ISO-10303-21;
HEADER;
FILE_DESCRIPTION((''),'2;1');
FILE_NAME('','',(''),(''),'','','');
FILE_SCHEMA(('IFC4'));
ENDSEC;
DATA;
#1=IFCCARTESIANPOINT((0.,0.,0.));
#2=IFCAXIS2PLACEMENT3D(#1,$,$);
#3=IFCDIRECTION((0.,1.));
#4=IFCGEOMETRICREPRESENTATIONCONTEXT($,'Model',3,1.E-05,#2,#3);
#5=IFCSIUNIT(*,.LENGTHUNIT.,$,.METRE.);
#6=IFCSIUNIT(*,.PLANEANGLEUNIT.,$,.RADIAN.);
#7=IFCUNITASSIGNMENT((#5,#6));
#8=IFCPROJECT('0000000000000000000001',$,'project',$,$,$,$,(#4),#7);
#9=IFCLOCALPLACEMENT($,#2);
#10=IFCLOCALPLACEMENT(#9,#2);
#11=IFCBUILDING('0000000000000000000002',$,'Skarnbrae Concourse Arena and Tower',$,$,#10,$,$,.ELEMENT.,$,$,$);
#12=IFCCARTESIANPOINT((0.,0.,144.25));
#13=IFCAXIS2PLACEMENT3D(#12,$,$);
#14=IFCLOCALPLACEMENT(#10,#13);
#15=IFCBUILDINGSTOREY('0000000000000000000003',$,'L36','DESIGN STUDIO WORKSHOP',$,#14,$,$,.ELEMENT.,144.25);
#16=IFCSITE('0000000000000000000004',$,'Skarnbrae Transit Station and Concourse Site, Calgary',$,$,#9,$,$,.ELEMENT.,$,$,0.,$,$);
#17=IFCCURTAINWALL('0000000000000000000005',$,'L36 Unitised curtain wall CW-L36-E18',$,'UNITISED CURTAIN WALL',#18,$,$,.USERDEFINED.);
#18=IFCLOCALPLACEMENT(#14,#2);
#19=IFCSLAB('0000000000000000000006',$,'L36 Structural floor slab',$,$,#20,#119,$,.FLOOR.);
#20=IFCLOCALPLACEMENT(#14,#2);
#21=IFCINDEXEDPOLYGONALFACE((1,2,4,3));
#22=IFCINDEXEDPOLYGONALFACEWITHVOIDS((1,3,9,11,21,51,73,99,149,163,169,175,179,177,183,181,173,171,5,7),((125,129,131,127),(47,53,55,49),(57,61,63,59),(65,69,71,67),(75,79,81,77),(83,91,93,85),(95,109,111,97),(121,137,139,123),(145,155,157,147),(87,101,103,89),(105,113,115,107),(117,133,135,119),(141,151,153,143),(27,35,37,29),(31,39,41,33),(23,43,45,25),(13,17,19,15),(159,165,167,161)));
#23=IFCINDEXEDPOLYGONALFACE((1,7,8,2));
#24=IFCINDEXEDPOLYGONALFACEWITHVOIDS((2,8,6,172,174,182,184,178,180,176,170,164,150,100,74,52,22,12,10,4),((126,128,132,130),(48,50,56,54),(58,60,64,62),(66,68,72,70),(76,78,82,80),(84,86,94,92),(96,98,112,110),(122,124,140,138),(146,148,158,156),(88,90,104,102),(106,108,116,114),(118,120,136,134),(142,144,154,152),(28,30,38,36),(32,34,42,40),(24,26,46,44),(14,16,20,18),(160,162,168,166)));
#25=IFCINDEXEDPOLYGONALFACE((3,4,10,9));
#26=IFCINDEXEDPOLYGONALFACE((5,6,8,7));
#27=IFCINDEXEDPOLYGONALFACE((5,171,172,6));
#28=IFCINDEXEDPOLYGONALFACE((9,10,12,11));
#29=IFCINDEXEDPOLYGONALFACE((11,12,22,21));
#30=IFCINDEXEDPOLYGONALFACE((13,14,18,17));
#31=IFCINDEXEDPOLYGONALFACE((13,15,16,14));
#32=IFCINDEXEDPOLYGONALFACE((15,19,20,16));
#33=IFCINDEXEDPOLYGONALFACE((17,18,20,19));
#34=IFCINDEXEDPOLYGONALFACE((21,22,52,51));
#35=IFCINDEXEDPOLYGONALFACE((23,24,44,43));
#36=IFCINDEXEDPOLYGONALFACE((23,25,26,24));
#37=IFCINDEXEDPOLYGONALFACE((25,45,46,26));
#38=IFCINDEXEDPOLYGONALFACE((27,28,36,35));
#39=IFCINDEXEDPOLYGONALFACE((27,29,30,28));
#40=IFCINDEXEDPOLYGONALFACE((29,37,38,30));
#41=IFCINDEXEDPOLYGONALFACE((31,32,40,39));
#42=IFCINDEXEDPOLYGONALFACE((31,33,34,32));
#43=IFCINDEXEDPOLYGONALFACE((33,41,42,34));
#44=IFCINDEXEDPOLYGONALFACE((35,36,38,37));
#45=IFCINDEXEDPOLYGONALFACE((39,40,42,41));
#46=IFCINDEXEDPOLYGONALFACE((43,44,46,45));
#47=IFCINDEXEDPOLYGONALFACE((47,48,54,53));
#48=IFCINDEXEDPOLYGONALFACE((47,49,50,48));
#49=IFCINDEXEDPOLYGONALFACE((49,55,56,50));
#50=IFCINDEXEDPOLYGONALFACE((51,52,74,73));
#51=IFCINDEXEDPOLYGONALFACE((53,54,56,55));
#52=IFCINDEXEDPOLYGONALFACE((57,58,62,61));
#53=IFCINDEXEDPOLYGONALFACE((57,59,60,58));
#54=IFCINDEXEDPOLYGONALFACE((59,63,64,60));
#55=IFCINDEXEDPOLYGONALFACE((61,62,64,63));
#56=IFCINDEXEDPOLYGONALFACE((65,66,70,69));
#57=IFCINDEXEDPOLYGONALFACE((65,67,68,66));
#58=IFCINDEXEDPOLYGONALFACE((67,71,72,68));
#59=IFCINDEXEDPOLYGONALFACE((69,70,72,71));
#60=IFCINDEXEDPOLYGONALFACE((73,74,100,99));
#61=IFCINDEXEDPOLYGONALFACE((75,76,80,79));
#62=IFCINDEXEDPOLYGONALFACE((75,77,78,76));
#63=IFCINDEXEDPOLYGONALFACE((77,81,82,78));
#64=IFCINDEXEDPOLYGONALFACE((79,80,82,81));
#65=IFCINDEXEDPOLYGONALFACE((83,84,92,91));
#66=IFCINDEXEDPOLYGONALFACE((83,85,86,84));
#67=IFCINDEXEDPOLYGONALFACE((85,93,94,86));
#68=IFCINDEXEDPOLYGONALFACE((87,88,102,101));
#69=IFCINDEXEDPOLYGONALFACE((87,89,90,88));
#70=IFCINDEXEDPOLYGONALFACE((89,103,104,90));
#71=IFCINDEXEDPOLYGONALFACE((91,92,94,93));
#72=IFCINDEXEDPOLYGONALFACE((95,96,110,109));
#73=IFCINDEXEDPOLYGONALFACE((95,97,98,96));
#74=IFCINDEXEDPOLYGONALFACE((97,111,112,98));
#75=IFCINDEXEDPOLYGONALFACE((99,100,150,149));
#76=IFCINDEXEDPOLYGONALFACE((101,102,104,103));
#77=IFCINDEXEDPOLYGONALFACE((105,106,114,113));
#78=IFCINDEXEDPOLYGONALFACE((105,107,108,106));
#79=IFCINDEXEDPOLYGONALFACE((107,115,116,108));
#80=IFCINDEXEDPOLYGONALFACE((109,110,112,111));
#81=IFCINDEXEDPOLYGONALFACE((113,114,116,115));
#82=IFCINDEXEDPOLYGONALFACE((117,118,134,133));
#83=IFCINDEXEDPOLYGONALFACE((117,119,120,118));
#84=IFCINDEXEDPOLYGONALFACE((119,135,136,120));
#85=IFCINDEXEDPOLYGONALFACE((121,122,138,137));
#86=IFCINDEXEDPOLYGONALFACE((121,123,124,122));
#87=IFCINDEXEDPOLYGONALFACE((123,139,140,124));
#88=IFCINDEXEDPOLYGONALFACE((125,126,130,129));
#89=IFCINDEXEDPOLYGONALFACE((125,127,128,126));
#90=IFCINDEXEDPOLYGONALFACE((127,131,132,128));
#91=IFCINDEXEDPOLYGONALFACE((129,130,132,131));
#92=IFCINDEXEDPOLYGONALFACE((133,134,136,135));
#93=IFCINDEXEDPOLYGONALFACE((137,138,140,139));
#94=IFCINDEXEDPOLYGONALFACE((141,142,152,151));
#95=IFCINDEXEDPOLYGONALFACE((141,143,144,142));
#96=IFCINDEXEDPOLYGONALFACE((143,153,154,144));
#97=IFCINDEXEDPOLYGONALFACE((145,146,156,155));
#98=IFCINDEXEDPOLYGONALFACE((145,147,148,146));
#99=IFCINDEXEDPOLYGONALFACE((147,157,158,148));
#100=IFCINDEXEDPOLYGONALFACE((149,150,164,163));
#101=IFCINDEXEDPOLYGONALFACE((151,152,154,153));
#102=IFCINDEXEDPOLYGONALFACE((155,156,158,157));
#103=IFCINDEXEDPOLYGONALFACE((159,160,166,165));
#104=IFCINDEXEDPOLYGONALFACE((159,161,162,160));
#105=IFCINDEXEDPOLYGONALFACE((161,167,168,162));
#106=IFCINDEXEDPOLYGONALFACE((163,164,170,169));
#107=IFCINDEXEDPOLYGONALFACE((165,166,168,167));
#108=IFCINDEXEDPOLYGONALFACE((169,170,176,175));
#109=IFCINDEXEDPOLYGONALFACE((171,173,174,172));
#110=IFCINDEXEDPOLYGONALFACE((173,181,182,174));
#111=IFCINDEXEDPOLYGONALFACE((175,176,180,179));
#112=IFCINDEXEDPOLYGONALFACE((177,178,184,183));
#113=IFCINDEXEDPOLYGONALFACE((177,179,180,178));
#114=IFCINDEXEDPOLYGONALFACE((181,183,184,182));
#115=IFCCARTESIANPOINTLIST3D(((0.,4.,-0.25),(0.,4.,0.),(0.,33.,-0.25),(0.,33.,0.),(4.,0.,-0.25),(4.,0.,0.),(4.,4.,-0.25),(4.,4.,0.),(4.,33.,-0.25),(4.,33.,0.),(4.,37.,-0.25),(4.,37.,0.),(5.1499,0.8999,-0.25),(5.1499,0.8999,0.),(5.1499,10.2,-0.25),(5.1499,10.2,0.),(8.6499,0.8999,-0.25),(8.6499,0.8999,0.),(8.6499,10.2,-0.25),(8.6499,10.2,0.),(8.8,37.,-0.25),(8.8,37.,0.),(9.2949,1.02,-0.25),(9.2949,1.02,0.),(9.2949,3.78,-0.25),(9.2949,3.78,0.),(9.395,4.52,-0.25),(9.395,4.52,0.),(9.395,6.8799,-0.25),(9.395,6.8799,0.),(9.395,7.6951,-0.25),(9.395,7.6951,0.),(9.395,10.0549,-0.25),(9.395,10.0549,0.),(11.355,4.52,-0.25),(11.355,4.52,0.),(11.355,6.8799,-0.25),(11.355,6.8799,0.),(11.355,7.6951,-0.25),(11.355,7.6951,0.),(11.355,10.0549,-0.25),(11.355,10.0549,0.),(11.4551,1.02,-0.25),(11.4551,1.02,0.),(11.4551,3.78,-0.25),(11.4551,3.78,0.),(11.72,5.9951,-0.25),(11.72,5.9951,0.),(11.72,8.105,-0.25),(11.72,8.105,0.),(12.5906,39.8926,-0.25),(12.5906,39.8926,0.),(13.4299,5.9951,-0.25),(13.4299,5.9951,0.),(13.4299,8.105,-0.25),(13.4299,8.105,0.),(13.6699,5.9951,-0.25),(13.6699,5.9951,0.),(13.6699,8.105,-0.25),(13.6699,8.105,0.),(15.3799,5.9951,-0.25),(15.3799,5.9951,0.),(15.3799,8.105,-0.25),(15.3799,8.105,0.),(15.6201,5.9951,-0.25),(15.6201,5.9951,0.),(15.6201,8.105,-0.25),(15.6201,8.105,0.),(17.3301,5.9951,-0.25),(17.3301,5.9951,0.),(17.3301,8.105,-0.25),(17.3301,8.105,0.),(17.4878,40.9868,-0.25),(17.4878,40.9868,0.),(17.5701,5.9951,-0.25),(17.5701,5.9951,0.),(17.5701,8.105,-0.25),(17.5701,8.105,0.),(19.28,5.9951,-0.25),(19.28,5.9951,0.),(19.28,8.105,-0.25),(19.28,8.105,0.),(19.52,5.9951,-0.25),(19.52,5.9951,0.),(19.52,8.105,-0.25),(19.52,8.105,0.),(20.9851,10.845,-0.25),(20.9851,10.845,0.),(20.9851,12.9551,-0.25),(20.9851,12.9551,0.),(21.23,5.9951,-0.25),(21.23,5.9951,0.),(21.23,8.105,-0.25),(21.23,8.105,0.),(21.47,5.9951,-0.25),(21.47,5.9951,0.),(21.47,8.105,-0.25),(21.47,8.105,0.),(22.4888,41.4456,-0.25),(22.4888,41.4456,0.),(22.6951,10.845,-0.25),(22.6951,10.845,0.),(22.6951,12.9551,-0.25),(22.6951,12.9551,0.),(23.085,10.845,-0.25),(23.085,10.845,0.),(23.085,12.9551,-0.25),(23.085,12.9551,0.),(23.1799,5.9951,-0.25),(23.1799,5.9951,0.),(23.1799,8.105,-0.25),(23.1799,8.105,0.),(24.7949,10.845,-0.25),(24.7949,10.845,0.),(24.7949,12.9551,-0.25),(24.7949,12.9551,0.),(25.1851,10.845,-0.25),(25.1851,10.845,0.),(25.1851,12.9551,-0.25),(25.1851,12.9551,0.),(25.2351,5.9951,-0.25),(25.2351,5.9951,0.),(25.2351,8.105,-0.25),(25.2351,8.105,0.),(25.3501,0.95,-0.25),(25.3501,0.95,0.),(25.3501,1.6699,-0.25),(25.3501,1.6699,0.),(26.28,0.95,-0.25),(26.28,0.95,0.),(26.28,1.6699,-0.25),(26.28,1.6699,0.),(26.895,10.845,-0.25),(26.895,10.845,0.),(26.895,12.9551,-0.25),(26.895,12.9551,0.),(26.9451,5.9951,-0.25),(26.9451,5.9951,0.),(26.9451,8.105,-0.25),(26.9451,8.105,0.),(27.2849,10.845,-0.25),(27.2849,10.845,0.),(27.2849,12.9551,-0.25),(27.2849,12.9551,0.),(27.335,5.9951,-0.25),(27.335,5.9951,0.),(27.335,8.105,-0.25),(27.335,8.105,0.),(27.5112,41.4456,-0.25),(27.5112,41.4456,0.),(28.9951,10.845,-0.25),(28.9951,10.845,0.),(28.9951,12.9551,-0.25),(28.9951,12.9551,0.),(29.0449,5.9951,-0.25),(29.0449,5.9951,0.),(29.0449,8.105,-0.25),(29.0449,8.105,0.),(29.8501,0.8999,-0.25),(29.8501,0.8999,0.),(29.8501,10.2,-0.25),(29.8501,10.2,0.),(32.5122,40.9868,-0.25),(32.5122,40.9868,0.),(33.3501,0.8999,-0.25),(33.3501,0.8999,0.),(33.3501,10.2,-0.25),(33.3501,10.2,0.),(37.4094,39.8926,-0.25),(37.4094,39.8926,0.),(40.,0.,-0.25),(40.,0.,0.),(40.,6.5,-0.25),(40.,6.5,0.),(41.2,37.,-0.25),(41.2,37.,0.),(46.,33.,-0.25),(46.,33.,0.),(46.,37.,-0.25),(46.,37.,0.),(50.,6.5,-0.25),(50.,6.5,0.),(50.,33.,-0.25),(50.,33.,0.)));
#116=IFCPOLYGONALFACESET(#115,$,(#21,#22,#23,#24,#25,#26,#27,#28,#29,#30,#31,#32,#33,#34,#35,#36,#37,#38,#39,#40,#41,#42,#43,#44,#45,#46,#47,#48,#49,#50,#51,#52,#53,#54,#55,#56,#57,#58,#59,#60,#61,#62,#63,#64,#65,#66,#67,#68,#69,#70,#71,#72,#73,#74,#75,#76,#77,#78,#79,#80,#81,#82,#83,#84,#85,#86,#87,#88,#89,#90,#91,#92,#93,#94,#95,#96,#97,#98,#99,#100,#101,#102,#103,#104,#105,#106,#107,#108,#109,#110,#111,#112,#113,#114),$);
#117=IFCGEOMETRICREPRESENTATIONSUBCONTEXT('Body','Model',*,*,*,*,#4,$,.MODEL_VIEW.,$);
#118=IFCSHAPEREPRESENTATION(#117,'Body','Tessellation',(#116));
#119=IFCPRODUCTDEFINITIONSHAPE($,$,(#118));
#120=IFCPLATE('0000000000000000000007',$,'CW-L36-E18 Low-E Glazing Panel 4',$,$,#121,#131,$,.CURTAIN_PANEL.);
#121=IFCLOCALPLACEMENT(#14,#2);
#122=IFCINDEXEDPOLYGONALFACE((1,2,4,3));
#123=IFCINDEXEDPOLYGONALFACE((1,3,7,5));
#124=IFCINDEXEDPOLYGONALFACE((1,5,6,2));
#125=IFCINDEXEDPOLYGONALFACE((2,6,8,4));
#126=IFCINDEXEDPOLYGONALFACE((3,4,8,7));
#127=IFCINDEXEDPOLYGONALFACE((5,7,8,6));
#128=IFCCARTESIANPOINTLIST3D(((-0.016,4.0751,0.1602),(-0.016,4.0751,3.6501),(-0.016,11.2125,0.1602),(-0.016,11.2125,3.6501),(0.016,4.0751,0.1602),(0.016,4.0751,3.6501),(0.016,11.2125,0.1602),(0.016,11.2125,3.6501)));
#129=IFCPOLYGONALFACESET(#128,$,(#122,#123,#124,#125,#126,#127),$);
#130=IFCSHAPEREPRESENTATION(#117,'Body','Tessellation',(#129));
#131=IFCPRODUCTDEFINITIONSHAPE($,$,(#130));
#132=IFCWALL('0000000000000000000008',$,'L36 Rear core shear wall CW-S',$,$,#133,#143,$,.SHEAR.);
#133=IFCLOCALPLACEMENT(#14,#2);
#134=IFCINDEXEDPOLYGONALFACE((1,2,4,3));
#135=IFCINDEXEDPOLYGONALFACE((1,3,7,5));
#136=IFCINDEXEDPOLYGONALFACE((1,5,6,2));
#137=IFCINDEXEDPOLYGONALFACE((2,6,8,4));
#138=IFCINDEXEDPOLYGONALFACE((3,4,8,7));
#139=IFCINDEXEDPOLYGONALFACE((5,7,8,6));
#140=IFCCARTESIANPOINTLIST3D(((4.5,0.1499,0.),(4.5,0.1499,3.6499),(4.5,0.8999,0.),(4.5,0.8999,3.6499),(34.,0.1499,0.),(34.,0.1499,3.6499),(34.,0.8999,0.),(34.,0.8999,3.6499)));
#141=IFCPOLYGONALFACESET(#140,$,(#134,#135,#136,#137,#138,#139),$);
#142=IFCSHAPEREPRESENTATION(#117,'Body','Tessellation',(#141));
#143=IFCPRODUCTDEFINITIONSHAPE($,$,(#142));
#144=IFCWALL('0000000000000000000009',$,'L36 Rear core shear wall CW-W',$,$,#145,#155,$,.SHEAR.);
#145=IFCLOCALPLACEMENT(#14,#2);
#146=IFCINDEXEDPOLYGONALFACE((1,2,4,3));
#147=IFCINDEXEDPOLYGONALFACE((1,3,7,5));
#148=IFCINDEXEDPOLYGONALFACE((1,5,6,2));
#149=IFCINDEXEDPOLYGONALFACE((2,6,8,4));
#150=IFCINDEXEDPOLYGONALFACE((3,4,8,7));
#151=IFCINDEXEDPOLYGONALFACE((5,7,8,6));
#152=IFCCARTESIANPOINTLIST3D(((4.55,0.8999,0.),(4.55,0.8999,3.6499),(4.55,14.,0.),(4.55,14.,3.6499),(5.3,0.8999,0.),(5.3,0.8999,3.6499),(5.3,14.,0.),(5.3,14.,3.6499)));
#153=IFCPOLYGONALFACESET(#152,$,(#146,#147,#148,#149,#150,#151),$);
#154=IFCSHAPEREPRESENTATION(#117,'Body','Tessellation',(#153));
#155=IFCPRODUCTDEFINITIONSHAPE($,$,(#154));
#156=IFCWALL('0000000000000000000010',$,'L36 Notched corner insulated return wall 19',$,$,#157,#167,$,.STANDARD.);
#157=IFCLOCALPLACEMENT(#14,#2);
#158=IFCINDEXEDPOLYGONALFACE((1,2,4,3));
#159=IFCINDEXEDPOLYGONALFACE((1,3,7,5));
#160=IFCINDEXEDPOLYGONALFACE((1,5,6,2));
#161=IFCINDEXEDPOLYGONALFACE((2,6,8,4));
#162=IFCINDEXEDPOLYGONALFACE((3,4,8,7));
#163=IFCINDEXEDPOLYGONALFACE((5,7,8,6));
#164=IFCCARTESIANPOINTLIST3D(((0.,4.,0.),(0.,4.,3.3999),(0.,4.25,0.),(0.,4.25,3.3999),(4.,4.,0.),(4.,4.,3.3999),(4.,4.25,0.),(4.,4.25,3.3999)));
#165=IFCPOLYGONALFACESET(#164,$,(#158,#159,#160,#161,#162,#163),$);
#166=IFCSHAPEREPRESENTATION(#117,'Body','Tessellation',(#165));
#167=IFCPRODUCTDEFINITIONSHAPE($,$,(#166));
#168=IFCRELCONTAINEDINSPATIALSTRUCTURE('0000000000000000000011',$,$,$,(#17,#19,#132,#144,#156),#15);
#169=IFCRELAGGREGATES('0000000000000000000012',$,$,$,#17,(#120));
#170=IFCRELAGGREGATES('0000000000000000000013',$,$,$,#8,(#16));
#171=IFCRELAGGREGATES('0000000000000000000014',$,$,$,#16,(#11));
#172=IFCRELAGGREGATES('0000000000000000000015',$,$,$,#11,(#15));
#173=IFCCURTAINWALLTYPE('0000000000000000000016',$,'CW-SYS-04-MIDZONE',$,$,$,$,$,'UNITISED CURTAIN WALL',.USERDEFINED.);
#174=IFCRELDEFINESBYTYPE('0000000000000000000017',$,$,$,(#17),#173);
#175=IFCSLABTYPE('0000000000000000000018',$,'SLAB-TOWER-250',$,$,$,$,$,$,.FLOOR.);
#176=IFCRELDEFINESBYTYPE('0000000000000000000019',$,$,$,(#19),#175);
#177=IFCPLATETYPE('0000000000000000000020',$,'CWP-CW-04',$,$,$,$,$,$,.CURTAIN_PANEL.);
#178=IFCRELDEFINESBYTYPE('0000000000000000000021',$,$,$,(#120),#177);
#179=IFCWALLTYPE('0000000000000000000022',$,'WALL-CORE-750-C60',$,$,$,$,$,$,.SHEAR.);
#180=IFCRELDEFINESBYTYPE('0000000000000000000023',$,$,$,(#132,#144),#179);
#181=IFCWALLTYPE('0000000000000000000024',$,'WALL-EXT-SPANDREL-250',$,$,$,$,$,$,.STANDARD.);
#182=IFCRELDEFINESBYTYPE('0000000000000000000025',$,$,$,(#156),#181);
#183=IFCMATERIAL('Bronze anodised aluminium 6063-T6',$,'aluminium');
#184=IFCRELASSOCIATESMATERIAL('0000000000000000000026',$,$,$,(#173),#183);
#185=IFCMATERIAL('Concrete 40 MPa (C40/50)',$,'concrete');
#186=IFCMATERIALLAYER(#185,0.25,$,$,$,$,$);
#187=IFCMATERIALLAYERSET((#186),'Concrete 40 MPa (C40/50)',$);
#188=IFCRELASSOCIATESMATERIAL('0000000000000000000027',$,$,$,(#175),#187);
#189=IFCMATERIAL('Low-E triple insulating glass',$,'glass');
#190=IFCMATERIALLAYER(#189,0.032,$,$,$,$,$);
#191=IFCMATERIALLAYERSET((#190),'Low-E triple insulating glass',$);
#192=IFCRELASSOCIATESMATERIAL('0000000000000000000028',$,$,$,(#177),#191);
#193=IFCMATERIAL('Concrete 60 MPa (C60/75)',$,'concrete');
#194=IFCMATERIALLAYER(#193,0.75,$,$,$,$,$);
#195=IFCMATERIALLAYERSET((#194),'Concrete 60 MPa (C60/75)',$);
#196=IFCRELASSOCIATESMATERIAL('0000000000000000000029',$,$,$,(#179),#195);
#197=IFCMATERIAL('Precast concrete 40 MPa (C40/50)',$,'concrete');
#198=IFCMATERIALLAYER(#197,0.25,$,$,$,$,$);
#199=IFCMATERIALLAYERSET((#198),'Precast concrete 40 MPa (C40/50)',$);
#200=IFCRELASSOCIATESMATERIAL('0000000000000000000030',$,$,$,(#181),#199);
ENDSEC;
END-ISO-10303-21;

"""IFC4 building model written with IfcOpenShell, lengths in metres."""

from ifc_helpers import new_model, si_unit, direction, frame, frame_2d, origin, origin_2d, place, context, subcontext, project, spatial, polyline, rectangle, outline, extrude, source, transform, mapped, material, layer, layer_set, type_object, element, aggregate, save


model = new_model("IFC4")

# Units and contexts
model_context = context("Model", 3, precision=1e-05, world=origin(), true_north=direction((0.0, 1.0)))
body_context = subcontext(model_context, "Body", "Model", "MODEL_VIEW")
ifc_project = project(units=[si_unit("LENGTHUNIT", "METRE"), si_unit("PLANEANGLEUNIT", "RADIAN")], contexts=[model_context])

# Site, building, storey
site_placement = place(None, origin())
site = spatial("IfcSite", under=ifc_project, at=site_placement, Name="Skarnbrae Transit Station and Concourse Site, Calgary", CompositionType="ELEMENT", RefElevation=0.0)
building_placement = place(site_placement, origin())
building = spatial("IfcBuilding", under=site, at=building_placement, Name="Skarnbrae Concourse Arena and Tower", CompositionType="ELEMENT")
storey_placement = place(building_placement, frame((0.0, 0.0, 144.25)))
storey = spatial("IfcBuildingStorey", under=building, at=storey_placement, Name="L36", Description="DESIGN STUDIO WORKSHOP", CompositionType="ELEMENT", Elevation=144.25)

# Curtain wall
ifc_material_1 = material(Name="Bronze anodised aluminium 6063-T6", Category="aluminium")
curtain_wall_type = type_object("IfcCurtainWallType", Name="CW-SYS-04-MIDZONE", ElementType="UNITISED CURTAIN WALL", PredefinedType="USERDEFINED", material=ifc_material_1)
curtain_wall_placement = place(storey_placement, origin())
curtain_wall = element("IfcCurtainWall", 1, at=curtain_wall_placement, inside=storey, type_object=curtain_wall_type, Name="L36 Unitised curtain wall CW-L36-E18", ObjectType="UNITISED CURTAIN WALL", PredefinedType="USERDEFINED")

# Shared definitions
ifc_material_2 = material(Name="Concrete 40 MPa (C40/50)", Category="concrete")

# Slab
ifc_layer_1 = layer(ifc_material_2, 0.25)
ifc_layer_set_1 = layer_set([ifc_layer_1], Name="Concrete 40 MPa (C40/50)")
slab_type_1 = type_object("IfcSlabType", Name="SLAB-TOWER-250", PredefinedType="FLOOR", material=ifc_layer_set_1)
slab_1_placement = place(storey_placement, frame((0.0, 0.0, -0.25)))
element("IfcSlab", 2, at=slab_1_placement, inside=storey, type_object=slab_type_1, Name="L36 Structural floor slab", PredefinedType="FLOOR", context=body_context, shape_type="SweptSolid", body=[
    extrude(outline(polyline([(4.0, 0.0), (40.0, 0.0), (40.0, 6.5), (50.0, 6.5), (50.0, 33.0), (46.0, 33.0), (46.0, 37.0), (41.2, 37.0), (37.4094, 39.8926), (32.5122, 40.9868), (27.5112, 41.4456), (22.4888, 41.4456), (17.4878, 40.9868), (12.5906, 39.8926), (8.8, 37.0), (4.0, 37.0), (4.0, 33.0), (0.0, 33.0), (0.0, 4.0), (4.0, 4.0), (4.0, 0.0)]), holes=[polyline([(9.2949, 3.78), (11.4551, 3.78), (11.4551, 1.02), (9.2949, 1.02), (9.2949, 3.78)]), polyline([(8.6499, 10.2), (8.6499, 0.8999), (5.1499, 0.8999), (5.1499, 10.2), (8.6499, 10.2)]), polyline([(9.395, 6.8799), (11.355, 6.8799), (11.355, 4.52), (9.395, 4.52), (9.395, 6.8799)]), polyline([(11.72, 8.105), (13.4299, 8.105), (13.4299, 5.9951), (11.72, 5.9951), (11.72, 8.105)]), polyline([(13.6699, 8.105), (15.3799, 8.105), (15.3799, 5.9951), (13.6699, 5.9951), (13.6699, 8.105)]), polyline([(15.6201, 8.105), (17.3301, 8.105), (17.3301, 5.9951), (15.6201, 5.9951), (15.6201, 8.105)]), polyline([(17.5701, 8.105), (19.28, 8.105), (19.28, 5.9951), (17.5701, 5.9951), (17.5701, 8.105)]), polyline([(21.23, 8.105), (21.23, 5.9951), (19.52, 5.9951), (19.52, 8.105), (21.23, 8.105)]), polyline([(11.355, 10.0549), (11.355, 7.6951), (9.395, 7.6951), (9.395, 10.0549), (11.355, 10.0549)]), polyline([(25.3501, 1.6699), (26.28, 1.6699), (26.28, 0.95), (25.3501, 0.95), (25.3501, 1.6699)]), polyline([(33.3501, 10.2), (33.3501, 0.8999), (29.8501, 0.8999), (29.8501, 10.2), (33.3501, 10.2)]), polyline([(21.47, 8.105), (23.1799, 8.105), (23.1799, 5.9951), (21.47, 5.9951), (21.47, 8.105)]), polyline([(25.2351, 8.105), (26.9451, 8.105), (26.9451, 5.9951), (25.2351, 5.9951), (25.2351, 8.105)]), polyline([(27.335, 8.105), (29.0449, 8.105), (29.0449, 5.9951), (27.335, 5.9951), (27.335, 8.105)]), polyline([(20.9851, 12.9551), (22.6951, 12.9551), (22.6951, 10.845), (20.9851, 10.845), (20.9851, 12.9551)]), polyline([(23.085, 12.9551), (24.7949, 12.9551), (24.7949, 10.845), (23.085, 10.845), (23.085, 12.9551)]), polyline([(26.895, 12.9551), (26.895, 10.845), (25.1851, 10.845), (25.1851, 12.9551), (26.895, 12.9551)]), polyline([(28.9951, 12.9551), (28.9951, 10.845), (27.2849, 10.845), (27.2849, 12.9551), (28.9951, 12.9551)])]), origin(), (0.0, 0.0, 1.0), 0.25),
])

# Plate
ifc_material_3 = material(Name="Low-E triple insulating glass", Category="glass")
ifc_layer_2 = layer(ifc_material_3, 0.032)
ifc_layer_set_2 = layer_set([ifc_layer_2], Name="Low-E triple insulating glass")
plate_type = type_object("IfcPlateType", Name="CWP-CW-04", PredefinedType="CURTAIN_PANEL", material=ifc_layer_set_2)
shared_shape_1 = source(origin(), body_context, "Body", "SweptSolid", [
    extrude(rectangle(XDim=7.1375, YDim=0.032, at=origin_2d()), origin(), (0.0, 0.0, 1.0), 3.49),
])
plate_placement = place(storey_placement, frame((0.0, 7.6438, 0.1602), z_axis=(0.0, 0.0, 1.0), x_axis=(0.0, -1.0, 0.0)))
plate = element("IfcPlate", 3, at=plate_placement, type_object=plate_type, Name="CW-L36-E18 Low-E Glazing Panel 4", PredefinedType="CURTAIN_PANEL", context=body_context, shape_type="MappedRepresentation", body=[
    mapped(shared_shape_1, transform((0.0, 0.0, 0.0))),
])
aggregate(curtain_wall, [plate])

# Walls
ifc_material_4 = material(Name="Concrete 60 MPa (C60/75)", Category="concrete")
ifc_layer_3 = layer(ifc_material_4, 0.75)
ifc_layer_set_3 = layer_set([ifc_layer_3], Name="Concrete 60 MPa (C60/75)")
wall_type_1 = type_object("IfcWallType", Name="WALL-CORE-750-C60", PredefinedType="SHEAR", material=ifc_layer_set_3)
shared_shape_2 = source(origin(), body_context, "Body", "SweptSolid", [
    extrude(rectangle(XDim=29.5, YDim=0.75, at=frame_2d((14.75, 0.0))), origin(), (0.0, 0.0, 1.0), 3.6499),
])
wall_1_placement = place(storey_placement, frame((4.5, 0.5249, 0.0), z_axis=(0.0, 0.0, 1.0), x_axis=(1.0, 0.0, 0.0)))
element("IfcWall", 4, at=wall_1_placement, inside=storey, type_object=wall_type_1, Name="L36 Rear core shear wall CW-S", PredefinedType="SHEAR", context=body_context, shape_type="MappedRepresentation", body=[
    mapped(shared_shape_2, transform((0.0, 0.0, 0.0))),
])
shared_shape_3 = source(origin(), body_context, "Body", "SweptSolid", [
    extrude(rectangle(XDim=13.1001, YDim=0.75, at=frame_2d((6.55, 0.0))), origin(), (0.0, 0.0, 1.0), 3.6499),
])
wall_2_placement = place(storey_placement, frame((4.925, 0.8999, 0.0), z_axis=(0.0, 0.0, 1.0), x_axis=(0.0, 1.0, 0.0)))
element("IfcWall", 5, at=wall_2_placement, inside=storey, type_object=wall_type_1, Name="L36 Rear core shear wall CW-W", PredefinedType="SHEAR", context=body_context, shape_type="MappedRepresentation", body=[
    mapped(shared_shape_3, transform((0.0, 0.0, 0.0))),
])
ifc_material_5 = material(Name="Precast concrete 40 MPa (C40/50)", Category="concrete")
ifc_layer_4 = layer(ifc_material_5, 0.25)
ifc_layer_set_4 = layer_set([ifc_layer_4], Name="Precast concrete 40 MPa (C40/50)")
wall_type_2 = type_object("IfcWallType", Name="WALL-EXT-SPANDREL-250", PredefinedType="STANDARD", material=ifc_layer_set_4)
shared_shape_4 = source(origin(), body_context, "Body", "SweptSolid", [
    extrude(rectangle(XDim=4.0, YDim=0.25, at=frame_2d((2.0, 0.0))), origin(), (0.0, 0.0, 1.0), 3.3999),
])
for number, where, z_axis, x_axis, name in (
    (6, (0.0, 4.125, 0.0), (0.0, 0.0, 1.0), (1.0, 0.0, 0.0), "L36 Notched corner insulated return wall 19"),
):
    element("IfcWall", number, at=place(storey_placement, frame(where, z_axis=z_axis, x_axis=x_axis)), inside=storey, type_object=wall_type_2, Name=name, PredefinedType="STANDARD", context=body_context, shape_type="MappedRepresentation", body=[
        mapped(shared_shape_4, transform((0.0, 0.0, 0.0))),
    ])

save(model, "model.ifc")
